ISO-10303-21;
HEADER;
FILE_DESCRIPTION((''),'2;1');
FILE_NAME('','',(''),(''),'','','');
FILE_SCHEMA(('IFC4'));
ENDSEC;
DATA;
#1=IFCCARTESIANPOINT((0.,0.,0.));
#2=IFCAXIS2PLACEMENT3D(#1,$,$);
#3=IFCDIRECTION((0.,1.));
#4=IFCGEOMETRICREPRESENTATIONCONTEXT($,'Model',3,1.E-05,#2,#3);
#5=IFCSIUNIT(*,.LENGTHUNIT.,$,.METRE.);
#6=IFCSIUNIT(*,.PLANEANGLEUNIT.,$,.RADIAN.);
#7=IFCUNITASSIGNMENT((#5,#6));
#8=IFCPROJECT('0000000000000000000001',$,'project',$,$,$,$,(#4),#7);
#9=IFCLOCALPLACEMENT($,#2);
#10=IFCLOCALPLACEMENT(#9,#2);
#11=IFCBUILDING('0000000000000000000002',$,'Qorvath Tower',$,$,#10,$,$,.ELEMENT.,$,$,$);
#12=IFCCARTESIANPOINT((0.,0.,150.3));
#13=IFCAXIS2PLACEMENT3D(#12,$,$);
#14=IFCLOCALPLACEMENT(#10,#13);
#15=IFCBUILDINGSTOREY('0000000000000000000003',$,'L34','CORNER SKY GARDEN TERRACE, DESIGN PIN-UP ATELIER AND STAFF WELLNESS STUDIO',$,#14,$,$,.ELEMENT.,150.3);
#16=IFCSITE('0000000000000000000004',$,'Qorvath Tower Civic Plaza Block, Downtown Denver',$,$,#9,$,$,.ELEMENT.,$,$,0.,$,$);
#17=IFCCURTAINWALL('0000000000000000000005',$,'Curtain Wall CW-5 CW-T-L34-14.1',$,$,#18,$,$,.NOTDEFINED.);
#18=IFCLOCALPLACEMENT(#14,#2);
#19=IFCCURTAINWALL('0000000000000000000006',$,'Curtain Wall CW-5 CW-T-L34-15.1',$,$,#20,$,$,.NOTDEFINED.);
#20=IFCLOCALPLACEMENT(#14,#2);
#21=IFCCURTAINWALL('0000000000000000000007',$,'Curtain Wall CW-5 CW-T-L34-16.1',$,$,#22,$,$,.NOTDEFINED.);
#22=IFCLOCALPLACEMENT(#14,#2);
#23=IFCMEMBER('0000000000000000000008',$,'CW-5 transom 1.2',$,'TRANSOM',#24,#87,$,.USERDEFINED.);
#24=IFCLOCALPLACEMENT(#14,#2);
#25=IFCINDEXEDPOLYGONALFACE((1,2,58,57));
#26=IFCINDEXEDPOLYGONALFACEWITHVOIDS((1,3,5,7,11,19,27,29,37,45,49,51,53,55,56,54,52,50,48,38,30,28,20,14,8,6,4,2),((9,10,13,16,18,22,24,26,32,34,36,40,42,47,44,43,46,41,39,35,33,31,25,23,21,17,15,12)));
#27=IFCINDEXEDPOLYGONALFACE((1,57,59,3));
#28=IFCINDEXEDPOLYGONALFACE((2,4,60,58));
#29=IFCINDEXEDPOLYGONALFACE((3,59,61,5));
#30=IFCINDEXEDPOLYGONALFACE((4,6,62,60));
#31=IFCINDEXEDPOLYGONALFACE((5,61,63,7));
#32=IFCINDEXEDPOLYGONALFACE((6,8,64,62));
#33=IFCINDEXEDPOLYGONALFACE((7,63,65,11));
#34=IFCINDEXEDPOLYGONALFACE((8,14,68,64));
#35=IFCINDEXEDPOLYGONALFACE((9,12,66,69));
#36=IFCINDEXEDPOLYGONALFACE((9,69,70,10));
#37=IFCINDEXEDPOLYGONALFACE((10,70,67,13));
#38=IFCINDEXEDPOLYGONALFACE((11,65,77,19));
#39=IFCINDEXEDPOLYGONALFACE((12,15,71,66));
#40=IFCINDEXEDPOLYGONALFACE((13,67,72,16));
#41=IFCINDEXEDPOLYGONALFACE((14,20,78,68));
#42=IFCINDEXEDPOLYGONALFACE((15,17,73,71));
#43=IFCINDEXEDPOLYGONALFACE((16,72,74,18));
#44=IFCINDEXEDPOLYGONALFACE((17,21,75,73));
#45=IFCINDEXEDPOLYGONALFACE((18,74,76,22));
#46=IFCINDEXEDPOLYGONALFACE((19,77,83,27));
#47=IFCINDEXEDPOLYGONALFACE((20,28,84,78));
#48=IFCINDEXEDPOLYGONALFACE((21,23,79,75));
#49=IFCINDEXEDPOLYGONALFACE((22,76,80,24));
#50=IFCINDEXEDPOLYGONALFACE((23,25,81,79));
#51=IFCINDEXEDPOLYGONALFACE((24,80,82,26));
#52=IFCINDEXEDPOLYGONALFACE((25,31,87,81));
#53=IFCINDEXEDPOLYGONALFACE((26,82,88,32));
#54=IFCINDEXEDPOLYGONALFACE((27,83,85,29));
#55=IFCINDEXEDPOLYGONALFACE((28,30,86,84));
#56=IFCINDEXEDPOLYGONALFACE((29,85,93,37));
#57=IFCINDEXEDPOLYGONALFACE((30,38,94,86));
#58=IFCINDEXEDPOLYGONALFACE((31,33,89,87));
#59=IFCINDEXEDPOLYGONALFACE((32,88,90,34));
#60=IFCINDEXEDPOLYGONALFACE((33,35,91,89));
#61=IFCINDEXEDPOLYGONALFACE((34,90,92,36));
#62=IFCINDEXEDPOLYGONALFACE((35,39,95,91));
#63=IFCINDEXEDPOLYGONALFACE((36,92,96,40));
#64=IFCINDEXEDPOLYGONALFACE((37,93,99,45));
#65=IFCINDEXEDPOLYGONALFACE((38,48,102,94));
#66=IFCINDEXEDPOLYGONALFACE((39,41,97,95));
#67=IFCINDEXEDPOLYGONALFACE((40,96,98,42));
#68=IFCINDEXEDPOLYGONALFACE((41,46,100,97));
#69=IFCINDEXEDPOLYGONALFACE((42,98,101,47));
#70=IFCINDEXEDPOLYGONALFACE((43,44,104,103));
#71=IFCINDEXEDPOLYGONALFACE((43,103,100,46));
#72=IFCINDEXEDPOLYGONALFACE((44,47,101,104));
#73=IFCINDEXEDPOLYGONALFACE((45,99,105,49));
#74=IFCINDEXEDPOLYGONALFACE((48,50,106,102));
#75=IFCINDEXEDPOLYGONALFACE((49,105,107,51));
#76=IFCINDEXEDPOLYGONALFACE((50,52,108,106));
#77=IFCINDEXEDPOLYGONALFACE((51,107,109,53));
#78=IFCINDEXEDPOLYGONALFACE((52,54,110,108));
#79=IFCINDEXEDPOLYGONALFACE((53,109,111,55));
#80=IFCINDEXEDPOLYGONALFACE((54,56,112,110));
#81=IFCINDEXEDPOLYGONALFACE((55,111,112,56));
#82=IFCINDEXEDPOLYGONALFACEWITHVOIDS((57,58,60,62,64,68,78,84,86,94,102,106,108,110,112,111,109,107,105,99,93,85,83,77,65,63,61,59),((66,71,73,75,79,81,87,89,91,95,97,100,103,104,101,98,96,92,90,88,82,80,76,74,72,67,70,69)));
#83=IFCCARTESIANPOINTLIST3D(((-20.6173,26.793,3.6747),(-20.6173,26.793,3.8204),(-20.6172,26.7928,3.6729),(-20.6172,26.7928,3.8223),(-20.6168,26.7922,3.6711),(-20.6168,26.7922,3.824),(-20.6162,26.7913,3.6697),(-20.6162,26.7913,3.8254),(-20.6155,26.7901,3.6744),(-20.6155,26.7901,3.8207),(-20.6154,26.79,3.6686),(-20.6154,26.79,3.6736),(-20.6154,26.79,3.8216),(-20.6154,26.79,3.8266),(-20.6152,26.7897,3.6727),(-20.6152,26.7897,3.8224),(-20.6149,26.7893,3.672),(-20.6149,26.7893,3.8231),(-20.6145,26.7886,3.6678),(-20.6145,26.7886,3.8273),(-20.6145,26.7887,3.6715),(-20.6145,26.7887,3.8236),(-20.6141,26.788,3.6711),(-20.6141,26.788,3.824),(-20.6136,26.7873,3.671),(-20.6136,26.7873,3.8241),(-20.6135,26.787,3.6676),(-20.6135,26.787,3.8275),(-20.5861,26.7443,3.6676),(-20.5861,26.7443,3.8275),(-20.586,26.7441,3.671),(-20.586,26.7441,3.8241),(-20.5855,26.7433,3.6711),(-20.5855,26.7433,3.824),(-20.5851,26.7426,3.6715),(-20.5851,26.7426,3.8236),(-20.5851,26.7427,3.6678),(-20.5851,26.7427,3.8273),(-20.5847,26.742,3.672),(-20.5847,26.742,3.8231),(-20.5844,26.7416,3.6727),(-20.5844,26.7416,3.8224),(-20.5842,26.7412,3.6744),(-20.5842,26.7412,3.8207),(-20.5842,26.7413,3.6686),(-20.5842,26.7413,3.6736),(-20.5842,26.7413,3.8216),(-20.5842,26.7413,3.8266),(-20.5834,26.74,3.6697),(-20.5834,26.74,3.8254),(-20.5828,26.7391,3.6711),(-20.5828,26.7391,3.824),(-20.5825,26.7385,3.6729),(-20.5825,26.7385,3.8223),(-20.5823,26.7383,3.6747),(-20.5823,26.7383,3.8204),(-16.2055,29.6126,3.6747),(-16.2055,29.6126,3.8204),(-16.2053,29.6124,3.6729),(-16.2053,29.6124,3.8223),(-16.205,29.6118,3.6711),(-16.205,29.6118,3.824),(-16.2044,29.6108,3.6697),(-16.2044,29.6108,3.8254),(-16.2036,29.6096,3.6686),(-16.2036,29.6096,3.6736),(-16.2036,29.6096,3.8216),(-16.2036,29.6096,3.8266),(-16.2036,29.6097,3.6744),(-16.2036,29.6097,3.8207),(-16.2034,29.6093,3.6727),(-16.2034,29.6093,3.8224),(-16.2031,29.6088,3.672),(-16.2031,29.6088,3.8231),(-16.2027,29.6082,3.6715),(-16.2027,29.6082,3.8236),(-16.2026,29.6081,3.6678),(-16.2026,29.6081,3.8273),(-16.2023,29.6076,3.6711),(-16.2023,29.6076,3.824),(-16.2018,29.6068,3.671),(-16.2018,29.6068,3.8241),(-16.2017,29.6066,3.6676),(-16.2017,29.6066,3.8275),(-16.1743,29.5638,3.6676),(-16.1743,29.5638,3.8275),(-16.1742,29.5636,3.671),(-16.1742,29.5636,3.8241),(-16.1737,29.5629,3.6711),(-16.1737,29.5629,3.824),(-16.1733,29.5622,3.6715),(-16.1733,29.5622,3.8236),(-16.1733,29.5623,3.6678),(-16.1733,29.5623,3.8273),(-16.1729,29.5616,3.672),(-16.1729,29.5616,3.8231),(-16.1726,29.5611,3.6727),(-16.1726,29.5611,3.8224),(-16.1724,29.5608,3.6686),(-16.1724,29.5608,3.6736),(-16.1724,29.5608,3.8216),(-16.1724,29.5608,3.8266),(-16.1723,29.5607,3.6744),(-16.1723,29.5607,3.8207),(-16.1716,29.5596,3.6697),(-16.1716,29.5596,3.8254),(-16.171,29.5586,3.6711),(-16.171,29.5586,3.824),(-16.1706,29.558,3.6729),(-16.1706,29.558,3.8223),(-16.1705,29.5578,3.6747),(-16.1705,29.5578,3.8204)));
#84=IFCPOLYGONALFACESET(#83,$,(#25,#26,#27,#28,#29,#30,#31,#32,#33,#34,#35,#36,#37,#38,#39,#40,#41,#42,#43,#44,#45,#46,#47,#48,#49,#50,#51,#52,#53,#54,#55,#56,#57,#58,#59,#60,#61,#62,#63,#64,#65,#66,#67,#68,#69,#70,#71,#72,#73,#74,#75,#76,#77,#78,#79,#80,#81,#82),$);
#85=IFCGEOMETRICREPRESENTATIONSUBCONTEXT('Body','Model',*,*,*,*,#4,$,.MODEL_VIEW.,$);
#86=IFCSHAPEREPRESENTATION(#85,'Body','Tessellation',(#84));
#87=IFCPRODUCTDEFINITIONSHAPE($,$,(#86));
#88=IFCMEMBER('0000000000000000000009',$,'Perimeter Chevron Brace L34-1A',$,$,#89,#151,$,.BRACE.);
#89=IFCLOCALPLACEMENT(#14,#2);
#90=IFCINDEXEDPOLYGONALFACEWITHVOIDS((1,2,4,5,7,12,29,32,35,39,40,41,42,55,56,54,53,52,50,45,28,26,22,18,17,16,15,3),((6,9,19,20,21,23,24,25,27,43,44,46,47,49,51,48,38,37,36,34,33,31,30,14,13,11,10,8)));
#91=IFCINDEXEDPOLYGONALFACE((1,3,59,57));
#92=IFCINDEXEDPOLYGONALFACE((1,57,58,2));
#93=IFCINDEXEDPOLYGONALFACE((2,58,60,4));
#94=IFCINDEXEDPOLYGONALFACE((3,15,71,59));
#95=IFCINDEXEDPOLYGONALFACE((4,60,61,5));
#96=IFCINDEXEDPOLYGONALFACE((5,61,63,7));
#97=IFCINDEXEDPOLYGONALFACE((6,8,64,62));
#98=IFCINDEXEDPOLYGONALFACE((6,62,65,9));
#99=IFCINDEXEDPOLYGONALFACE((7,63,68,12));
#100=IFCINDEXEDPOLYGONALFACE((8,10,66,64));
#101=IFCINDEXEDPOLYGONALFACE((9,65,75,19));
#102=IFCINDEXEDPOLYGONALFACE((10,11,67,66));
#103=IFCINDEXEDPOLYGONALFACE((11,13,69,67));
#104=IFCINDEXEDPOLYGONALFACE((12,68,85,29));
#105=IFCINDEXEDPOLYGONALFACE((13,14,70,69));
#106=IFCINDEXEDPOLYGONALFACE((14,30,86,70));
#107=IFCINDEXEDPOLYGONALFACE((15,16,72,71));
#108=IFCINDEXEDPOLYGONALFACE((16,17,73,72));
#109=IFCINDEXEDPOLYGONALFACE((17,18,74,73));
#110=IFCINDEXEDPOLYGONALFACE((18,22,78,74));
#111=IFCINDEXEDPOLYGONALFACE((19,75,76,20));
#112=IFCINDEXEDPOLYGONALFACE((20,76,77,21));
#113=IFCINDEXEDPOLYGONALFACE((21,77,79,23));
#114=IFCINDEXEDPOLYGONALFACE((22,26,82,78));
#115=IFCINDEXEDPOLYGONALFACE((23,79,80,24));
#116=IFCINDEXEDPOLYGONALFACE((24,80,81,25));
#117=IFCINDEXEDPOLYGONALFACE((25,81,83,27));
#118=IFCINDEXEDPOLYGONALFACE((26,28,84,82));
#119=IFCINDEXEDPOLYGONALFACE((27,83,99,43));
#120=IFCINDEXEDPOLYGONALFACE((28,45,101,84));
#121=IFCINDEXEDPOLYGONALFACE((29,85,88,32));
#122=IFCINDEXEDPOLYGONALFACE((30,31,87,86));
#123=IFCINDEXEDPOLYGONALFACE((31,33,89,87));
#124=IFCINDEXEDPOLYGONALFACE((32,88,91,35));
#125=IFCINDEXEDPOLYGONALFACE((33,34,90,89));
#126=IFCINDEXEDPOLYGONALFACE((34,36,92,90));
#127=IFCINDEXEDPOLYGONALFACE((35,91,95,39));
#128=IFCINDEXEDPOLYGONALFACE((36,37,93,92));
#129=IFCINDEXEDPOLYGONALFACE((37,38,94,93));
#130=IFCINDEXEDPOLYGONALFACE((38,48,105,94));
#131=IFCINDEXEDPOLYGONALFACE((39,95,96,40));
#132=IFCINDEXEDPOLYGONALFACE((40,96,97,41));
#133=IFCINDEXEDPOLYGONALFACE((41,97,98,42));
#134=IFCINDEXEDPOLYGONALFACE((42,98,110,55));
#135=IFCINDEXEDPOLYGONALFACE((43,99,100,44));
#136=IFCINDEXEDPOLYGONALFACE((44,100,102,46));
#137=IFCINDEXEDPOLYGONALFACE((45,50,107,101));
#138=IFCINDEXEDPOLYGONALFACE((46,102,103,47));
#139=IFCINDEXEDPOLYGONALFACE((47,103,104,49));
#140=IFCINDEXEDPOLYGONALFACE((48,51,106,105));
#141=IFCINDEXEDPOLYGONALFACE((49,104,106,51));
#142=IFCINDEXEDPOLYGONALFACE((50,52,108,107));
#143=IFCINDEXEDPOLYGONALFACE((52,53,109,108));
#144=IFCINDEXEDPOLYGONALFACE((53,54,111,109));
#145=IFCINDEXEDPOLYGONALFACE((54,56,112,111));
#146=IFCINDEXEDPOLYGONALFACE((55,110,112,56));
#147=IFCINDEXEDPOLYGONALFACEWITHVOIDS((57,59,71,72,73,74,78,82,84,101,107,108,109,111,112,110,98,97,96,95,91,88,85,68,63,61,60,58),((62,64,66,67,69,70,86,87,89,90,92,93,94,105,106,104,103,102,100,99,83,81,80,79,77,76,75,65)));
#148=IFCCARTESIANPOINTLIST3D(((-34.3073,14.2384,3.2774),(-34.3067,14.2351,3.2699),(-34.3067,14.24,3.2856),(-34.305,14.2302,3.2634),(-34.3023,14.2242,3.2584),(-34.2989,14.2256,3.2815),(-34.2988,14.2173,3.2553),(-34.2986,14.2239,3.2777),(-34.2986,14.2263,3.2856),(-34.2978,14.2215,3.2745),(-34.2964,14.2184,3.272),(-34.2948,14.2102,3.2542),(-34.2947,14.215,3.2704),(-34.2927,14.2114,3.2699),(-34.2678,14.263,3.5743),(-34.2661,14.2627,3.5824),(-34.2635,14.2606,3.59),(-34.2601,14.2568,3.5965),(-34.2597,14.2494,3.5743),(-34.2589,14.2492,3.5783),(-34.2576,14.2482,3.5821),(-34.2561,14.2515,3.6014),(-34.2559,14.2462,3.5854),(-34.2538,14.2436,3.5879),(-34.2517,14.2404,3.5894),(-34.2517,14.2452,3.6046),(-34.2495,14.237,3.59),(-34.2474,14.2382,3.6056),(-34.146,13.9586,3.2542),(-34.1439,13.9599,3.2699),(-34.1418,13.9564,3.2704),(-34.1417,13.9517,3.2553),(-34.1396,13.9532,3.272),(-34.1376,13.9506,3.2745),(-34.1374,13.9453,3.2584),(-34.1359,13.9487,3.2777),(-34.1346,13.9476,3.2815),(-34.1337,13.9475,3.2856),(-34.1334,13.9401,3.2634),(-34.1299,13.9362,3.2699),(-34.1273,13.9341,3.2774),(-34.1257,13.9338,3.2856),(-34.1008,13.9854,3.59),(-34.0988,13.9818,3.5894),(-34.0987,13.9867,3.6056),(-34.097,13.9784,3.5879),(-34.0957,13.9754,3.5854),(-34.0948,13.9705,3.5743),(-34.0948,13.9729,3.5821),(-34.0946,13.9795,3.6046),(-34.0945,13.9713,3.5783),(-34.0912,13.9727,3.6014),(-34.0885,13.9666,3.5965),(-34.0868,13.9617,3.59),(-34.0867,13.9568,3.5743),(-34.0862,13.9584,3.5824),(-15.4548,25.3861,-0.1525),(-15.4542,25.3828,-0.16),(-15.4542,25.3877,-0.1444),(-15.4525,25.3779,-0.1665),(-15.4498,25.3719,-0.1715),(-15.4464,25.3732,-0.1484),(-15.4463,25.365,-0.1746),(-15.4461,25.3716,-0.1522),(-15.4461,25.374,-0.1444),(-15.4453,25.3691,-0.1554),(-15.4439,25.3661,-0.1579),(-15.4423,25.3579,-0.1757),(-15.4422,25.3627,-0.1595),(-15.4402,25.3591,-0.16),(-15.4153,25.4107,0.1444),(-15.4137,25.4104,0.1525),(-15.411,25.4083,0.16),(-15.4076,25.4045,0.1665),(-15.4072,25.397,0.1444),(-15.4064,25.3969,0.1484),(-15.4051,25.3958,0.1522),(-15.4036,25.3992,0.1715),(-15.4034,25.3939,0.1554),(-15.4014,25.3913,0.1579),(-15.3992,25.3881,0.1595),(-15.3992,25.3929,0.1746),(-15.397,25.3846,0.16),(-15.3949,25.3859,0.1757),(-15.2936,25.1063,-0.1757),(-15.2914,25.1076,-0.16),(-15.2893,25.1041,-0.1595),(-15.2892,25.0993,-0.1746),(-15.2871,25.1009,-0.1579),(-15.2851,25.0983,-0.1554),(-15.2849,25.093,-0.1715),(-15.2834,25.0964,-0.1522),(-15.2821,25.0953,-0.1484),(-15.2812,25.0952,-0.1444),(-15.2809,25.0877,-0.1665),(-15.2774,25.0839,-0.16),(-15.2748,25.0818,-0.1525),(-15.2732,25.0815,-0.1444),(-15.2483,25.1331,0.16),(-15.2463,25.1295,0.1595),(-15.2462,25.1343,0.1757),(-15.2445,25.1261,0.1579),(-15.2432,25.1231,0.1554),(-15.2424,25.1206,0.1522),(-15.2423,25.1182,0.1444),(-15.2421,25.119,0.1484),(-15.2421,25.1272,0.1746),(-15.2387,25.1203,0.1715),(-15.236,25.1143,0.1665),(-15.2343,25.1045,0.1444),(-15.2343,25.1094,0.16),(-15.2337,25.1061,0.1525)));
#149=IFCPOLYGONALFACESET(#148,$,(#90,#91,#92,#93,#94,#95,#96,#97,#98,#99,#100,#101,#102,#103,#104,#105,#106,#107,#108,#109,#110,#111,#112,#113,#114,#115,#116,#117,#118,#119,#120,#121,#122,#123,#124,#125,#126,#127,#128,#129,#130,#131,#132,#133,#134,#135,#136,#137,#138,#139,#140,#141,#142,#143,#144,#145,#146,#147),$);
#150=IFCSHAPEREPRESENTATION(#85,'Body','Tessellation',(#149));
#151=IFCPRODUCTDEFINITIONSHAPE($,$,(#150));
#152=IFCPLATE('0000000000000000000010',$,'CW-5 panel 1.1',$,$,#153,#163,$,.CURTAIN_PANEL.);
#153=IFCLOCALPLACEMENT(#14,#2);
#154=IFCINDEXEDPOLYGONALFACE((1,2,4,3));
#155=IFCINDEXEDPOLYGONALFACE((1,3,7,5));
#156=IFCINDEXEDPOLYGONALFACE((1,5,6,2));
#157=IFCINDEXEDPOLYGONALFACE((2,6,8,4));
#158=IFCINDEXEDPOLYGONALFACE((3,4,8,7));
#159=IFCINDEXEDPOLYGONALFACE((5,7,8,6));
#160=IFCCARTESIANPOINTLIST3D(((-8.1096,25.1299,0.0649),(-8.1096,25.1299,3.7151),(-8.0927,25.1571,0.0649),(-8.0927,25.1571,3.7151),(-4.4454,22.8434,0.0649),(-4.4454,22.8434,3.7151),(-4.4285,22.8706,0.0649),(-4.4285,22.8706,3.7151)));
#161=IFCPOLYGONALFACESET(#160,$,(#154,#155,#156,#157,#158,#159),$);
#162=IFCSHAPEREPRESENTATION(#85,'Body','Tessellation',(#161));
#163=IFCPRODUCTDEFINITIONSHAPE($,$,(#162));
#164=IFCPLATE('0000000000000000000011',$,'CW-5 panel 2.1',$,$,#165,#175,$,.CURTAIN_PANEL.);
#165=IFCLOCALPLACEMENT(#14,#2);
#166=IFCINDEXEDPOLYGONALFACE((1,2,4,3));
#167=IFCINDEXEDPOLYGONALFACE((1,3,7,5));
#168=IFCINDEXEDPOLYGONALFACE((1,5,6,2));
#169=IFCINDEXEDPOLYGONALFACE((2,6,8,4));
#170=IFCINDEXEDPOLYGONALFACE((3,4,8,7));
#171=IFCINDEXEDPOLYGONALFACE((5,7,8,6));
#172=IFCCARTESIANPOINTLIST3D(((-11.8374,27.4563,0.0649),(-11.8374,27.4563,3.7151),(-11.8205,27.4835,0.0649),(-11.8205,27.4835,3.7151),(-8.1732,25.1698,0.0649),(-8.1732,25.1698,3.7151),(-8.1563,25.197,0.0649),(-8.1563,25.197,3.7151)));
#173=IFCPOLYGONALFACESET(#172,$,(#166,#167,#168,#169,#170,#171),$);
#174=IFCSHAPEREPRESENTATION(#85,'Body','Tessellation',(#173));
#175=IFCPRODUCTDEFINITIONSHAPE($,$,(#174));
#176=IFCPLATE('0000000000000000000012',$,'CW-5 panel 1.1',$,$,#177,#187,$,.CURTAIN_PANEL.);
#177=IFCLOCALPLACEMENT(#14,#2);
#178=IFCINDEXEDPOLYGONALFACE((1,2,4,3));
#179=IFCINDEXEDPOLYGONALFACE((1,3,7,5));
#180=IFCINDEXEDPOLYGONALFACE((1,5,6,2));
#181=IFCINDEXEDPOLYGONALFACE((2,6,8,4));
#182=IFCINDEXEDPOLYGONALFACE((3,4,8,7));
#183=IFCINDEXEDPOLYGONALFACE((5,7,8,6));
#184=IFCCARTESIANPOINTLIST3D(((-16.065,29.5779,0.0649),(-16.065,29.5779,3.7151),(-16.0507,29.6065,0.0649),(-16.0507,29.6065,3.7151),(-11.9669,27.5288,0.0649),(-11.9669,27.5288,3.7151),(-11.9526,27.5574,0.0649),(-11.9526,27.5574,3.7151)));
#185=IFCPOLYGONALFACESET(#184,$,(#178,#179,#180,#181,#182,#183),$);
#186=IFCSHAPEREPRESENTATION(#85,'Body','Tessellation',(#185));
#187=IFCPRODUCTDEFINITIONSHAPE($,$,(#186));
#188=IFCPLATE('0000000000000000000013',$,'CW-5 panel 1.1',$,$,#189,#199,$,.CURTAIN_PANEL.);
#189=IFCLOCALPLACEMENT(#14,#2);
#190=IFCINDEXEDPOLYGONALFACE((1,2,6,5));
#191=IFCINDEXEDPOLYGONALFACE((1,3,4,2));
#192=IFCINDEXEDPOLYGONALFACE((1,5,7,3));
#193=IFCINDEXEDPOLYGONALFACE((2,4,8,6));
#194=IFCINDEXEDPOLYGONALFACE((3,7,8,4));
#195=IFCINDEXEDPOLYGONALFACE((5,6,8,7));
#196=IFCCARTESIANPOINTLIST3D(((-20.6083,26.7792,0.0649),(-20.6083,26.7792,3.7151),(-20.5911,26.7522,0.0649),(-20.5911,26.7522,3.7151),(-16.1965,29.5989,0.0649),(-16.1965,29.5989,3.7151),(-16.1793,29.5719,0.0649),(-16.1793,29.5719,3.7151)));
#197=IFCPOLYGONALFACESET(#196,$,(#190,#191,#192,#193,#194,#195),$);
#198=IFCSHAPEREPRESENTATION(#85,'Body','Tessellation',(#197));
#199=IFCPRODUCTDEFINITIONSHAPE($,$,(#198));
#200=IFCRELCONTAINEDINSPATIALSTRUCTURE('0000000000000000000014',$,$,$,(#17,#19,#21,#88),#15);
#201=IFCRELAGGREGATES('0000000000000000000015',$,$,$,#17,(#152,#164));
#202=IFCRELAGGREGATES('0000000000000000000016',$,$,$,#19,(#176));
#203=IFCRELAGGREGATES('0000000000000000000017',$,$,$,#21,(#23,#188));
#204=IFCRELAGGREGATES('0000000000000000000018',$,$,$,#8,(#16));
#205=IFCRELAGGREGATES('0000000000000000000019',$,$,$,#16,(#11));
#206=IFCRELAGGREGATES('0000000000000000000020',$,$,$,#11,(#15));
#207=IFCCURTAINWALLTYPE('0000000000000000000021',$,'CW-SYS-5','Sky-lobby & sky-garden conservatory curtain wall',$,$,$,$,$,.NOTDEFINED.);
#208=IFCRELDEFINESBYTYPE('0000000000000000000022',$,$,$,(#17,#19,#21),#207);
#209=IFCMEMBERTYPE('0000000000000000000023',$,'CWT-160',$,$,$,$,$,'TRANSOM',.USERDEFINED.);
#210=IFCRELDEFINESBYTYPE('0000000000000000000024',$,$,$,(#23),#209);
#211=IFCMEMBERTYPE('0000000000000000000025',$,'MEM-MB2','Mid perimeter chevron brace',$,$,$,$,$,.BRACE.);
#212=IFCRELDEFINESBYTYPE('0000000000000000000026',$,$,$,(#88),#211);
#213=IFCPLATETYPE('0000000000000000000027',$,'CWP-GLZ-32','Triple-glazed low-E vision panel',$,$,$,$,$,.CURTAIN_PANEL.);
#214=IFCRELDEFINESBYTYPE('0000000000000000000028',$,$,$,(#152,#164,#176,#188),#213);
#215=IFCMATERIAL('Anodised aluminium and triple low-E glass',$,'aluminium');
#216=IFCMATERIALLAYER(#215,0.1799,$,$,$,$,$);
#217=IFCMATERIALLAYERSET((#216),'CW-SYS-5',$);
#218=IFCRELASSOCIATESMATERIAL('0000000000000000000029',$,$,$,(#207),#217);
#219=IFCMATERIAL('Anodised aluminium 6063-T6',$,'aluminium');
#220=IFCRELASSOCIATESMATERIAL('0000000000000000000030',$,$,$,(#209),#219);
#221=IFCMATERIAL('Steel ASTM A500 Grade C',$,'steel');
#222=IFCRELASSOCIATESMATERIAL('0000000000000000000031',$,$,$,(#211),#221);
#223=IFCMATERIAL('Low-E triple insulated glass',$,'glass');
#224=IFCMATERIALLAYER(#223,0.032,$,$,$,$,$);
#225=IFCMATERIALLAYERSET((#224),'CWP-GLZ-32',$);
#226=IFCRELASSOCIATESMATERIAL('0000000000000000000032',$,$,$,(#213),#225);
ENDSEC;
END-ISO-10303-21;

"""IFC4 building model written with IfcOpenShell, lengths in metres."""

from ifc_helpers import new_model, si_unit, direction, frame, origin, origin_2d, place, context, subcontext, project, spatial, rectangle, hollow_rectangle, extrude, material, layer, layer_set, material_profile, profile_set, type_object, element, aggregate, save


model = new_model("IFC4")

# Units and contexts
model_context = context("Model", 3, precision=1e-05, world=origin(), true_north=direction((0.0, 1.0)))
body_context = subcontext(model_context, "Body", "Model", "MODEL_VIEW")
ifc_project = project(units=[si_unit("LENGTHUNIT", "METRE"), si_unit("PLANEANGLEUNIT", "RADIAN")], contexts=[model_context])

# Site, building, storey
site_placement = place(None, origin())
site = spatial("IfcSite", under=ifc_project, at=site_placement, Name="Qorvath Tower Civic Plaza Block, Downtown Denver", CompositionType="ELEMENT", RefElevation=0.0)
building_placement = place(site_placement, origin())
building = spatial("IfcBuilding", under=site, at=building_placement, Name="Qorvath Tower", CompositionType="ELEMENT")
storey_placement = place(building_placement, frame((0.0, 0.0, 150.3)))
storey = spatial("IfcBuildingStorey", under=building, at=storey_placement, Name="L34", Description="CORNER SKY GARDEN TERRACE, DESIGN PIN-UP ATELIER AND STAFF WELLNESS STUDIO", CompositionType="ELEMENT", Elevation=150.3)

# Shared definitions
ifc_material_1 = material(Name="Anodised aluminium and triple low-E glass", Category="aluminium")
ifc_layer_1 = layer(ifc_material_1, 0.1799)
ifc_layer_set_1 = layer_set([ifc_layer_1], Name="CW-SYS-5")
curtain_wall_type = type_object("IfcCurtainWallType", Name="CW-SYS-5", Description="Sky-lobby & sky-garden conservatory curtain wall", PredefinedType="NOTDEFINED", material=ifc_layer_set_1)

# Curtain walls
curtain_wall_1_placement = place(storey_placement, origin())
curtain_wall_1 = element("IfcCurtainWall", 1, at=curtain_wall_1_placement, inside=storey, type_object=curtain_wall_type, Name="Curtain Wall CW-5 CW-T-L34-14.1", PredefinedType="NOTDEFINED")
curtain_wall_2_placement = place(storey_placement, origin())
curtain_wall_2 = element("IfcCurtainWall", 2, at=curtain_wall_2_placement, inside=storey, type_object=curtain_wall_type, Name="Curtain Wall CW-5 CW-T-L34-15.1", PredefinedType="NOTDEFINED")

# Curtain wall
curtain_wall_3_placement = place(storey_placement, origin())
curtain_wall_3 = element("IfcCurtainWall", 3, at=curtain_wall_3_placement, inside=storey, type_object=curtain_wall_type, Name="Curtain Wall CW-5 CW-T-L34-16.1", PredefinedType="NOTDEFINED")

# Members
ifc_material_2 = material(Name="Anodised aluminium 6063-T6", Category="aluminium")
ifc_material_profile_1 = material_profile(ifc_material_2, hollow_rectangle(XDim=0.0649, YDim=0.1599, WallThickness=0.0034, InnerFilletRadius=0.0034, OuterFilletRadius=0.0071, at=origin_2d()), Name="CWT 160x65")
ifc_profile_set_1 = profile_set([ifc_material_profile_1], Name="Anodised aluminium 6063-T6")
member_type_1 = type_object("IfcMemberType", Name="CWT-160", ElementType="TRANSOM", PredefinedType="USERDEFINED", material=ifc_profile_set_1)
member_1_placement = place(storey_placement, frame((-16.188, 29.5852, 3.7476), z_axis=(-0.842619, -0.53851, 0.0), x_axis=(0.53851, -0.842619, 0.0)))
member_1 = element("IfcMember", 4, at=member_1_placement, type_object=member_type_1, Name="CW-5 transom 1.2", ObjectType="TRANSOM", PredefinedType="USERDEFINED", context=body_context, shape_type="SweptSolid", body=[
    extrude(hollow_rectangle(XDim=0.0649, YDim=0.1599, WallThickness=0.0034, InnerFilletRadius=0.0034, OuterFilletRadius=0.0071, at=origin_2d()), origin(), (0.0, 0.0, 1.0), 5.2358),
])
ifc_material_3 = material(Name="Steel ASTM A500 Grade C", Category="steel")
ifc_material_profile_2 = material_profile(ifc_material_3, hollow_rectangle(XDim=0.3557, YDim=0.3557, WallThickness=0.0159, InnerFilletRadius=0.0159, OuterFilletRadius=0.0317, at=origin_2d()), Name="HSS 356x356x16")
ifc_profile_set_2 = profile_set([ifc_material_profile_2], Name="Steel ASTM A500 Grade C")
member_type_2 = type_object("IfcMemberType", Name="MEM-MB2", Description="Mid perimeter chevron brace", PredefinedType="BRACE", material=ifc_profile_set_2)
member_2_placement = place(storey_placement, frame((-15.3442, 25.2461, 0.0), z_axis=(-0.85041, -0.502856, 0.154719), x_axis=(0.508985, -0.860775, 0.0)))
element("IfcMember", 5, at=member_2_placement, inside=storey, type_object=member_type_2, Name="Perimeter Chevron Brace L34-1A", PredefinedType="BRACE", context=body_context, shape_type="SweptSolid", body=[
    extrude(hollow_rectangle(XDim=0.3557, YDim=0.3557, WallThickness=0.0159, InnerFilletRadius=0.0159, OuterFilletRadius=0.0317, at=origin_2d()), origin(), (0.0, 0.0, 1.0), 22.1687),
])

# Plates
ifc_material_4 = material(Name="Low-E triple insulated glass", Category="glass")
ifc_layer_2 = layer(ifc_material_4, 0.032)
ifc_layer_set_2 = layer_set([ifc_layer_2], Name="CWP-GLZ-32")
plate_type_1 = type_object("IfcPlateType", Name="CWP-GLZ-32", Description="Triple-glazed low-E vision panel", PredefinedType="CURTAIN_PANEL", material=ifc_layer_set_2)
plate_1_placement = place(storey_placement, frame((-6.269, 24.0002, 0.0649), z_axis=(0.0, 0.0, 1.0), x_axis=(-0.848377, 0.529393, 0.0)))
plate_1 = element("IfcPlate", 6, at=plate_1_placement, type_object=plate_type_1, Name="CW-5 panel 1.1", PredefinedType="CURTAIN_PANEL", context=body_context, shape_type="SweptSolid", body=[
    extrude(rectangle(XDim=4.3191, YDim=0.032, at=origin_2d()), origin(), (0.0, 0.0, 1.0), 3.6501),
])
plate_2_placement = place(storey_placement, frame((-9.9968, 26.3267, 0.0649), z_axis=(0.0, 0.0, 1.0), x_axis=(-0.848377, 0.529393, 0.0)))
plate_2 = element("IfcPlate", 7, at=plate_2_placement, type_object=plate_type_1, Name="CW-5 panel 2.1", PredefinedType="CURTAIN_PANEL", context=body_context, shape_type="SweptSolid", body=[
    extrude(rectangle(XDim=4.3191, YDim=0.032, at=origin_2d()), origin(), (0.0, 0.0, 1.0), 3.6501),
])
aggregate(curtain_wall_1, [plate_1, plate_2])
plate_3_placement = place(storey_placement, frame((-14.0088, 28.5676, 0.0649), z_axis=(0.0, 0.0, 1.0), x_axis=(-0.894419, 0.447231, 0.0)))
plate_3 = element("IfcPlate", 8, at=plate_3_placement, type_object=plate_type_1, Name="CW-5 panel 1.1", PredefinedType="CURTAIN_PANEL", context=body_context, shape_type="SweptSolid", body=[
    extrude(rectangle(XDim=4.5818, YDim=0.032, at=origin_2d()), origin(), (0.0, 0.0, 1.0), 3.6501),
])
aggregate(curtain_wall_2, [plate_3])
plate_4_placement = place(storey_placement, frame((-18.3938, 28.1755, 0.0649), z_axis=(0.0, 0.0, 1.0), x_axis=(-0.842603, -0.538535, 0.0)))
plate_4 = element("IfcPlate", 9, at=plate_4_placement, type_object=plate_type_1, Name="CW-5 panel 1.1", PredefinedType="CURTAIN_PANEL", context=body_context, shape_type="SweptSolid", body=[
    extrude(rectangle(XDim=5.2358, YDim=0.032, at=origin_2d()), origin(), (0.0, 0.0, 1.0), 3.6501),
])
aggregate(curtain_wall_3, [member_1, plate_4])

save(model, "model.ifc")
